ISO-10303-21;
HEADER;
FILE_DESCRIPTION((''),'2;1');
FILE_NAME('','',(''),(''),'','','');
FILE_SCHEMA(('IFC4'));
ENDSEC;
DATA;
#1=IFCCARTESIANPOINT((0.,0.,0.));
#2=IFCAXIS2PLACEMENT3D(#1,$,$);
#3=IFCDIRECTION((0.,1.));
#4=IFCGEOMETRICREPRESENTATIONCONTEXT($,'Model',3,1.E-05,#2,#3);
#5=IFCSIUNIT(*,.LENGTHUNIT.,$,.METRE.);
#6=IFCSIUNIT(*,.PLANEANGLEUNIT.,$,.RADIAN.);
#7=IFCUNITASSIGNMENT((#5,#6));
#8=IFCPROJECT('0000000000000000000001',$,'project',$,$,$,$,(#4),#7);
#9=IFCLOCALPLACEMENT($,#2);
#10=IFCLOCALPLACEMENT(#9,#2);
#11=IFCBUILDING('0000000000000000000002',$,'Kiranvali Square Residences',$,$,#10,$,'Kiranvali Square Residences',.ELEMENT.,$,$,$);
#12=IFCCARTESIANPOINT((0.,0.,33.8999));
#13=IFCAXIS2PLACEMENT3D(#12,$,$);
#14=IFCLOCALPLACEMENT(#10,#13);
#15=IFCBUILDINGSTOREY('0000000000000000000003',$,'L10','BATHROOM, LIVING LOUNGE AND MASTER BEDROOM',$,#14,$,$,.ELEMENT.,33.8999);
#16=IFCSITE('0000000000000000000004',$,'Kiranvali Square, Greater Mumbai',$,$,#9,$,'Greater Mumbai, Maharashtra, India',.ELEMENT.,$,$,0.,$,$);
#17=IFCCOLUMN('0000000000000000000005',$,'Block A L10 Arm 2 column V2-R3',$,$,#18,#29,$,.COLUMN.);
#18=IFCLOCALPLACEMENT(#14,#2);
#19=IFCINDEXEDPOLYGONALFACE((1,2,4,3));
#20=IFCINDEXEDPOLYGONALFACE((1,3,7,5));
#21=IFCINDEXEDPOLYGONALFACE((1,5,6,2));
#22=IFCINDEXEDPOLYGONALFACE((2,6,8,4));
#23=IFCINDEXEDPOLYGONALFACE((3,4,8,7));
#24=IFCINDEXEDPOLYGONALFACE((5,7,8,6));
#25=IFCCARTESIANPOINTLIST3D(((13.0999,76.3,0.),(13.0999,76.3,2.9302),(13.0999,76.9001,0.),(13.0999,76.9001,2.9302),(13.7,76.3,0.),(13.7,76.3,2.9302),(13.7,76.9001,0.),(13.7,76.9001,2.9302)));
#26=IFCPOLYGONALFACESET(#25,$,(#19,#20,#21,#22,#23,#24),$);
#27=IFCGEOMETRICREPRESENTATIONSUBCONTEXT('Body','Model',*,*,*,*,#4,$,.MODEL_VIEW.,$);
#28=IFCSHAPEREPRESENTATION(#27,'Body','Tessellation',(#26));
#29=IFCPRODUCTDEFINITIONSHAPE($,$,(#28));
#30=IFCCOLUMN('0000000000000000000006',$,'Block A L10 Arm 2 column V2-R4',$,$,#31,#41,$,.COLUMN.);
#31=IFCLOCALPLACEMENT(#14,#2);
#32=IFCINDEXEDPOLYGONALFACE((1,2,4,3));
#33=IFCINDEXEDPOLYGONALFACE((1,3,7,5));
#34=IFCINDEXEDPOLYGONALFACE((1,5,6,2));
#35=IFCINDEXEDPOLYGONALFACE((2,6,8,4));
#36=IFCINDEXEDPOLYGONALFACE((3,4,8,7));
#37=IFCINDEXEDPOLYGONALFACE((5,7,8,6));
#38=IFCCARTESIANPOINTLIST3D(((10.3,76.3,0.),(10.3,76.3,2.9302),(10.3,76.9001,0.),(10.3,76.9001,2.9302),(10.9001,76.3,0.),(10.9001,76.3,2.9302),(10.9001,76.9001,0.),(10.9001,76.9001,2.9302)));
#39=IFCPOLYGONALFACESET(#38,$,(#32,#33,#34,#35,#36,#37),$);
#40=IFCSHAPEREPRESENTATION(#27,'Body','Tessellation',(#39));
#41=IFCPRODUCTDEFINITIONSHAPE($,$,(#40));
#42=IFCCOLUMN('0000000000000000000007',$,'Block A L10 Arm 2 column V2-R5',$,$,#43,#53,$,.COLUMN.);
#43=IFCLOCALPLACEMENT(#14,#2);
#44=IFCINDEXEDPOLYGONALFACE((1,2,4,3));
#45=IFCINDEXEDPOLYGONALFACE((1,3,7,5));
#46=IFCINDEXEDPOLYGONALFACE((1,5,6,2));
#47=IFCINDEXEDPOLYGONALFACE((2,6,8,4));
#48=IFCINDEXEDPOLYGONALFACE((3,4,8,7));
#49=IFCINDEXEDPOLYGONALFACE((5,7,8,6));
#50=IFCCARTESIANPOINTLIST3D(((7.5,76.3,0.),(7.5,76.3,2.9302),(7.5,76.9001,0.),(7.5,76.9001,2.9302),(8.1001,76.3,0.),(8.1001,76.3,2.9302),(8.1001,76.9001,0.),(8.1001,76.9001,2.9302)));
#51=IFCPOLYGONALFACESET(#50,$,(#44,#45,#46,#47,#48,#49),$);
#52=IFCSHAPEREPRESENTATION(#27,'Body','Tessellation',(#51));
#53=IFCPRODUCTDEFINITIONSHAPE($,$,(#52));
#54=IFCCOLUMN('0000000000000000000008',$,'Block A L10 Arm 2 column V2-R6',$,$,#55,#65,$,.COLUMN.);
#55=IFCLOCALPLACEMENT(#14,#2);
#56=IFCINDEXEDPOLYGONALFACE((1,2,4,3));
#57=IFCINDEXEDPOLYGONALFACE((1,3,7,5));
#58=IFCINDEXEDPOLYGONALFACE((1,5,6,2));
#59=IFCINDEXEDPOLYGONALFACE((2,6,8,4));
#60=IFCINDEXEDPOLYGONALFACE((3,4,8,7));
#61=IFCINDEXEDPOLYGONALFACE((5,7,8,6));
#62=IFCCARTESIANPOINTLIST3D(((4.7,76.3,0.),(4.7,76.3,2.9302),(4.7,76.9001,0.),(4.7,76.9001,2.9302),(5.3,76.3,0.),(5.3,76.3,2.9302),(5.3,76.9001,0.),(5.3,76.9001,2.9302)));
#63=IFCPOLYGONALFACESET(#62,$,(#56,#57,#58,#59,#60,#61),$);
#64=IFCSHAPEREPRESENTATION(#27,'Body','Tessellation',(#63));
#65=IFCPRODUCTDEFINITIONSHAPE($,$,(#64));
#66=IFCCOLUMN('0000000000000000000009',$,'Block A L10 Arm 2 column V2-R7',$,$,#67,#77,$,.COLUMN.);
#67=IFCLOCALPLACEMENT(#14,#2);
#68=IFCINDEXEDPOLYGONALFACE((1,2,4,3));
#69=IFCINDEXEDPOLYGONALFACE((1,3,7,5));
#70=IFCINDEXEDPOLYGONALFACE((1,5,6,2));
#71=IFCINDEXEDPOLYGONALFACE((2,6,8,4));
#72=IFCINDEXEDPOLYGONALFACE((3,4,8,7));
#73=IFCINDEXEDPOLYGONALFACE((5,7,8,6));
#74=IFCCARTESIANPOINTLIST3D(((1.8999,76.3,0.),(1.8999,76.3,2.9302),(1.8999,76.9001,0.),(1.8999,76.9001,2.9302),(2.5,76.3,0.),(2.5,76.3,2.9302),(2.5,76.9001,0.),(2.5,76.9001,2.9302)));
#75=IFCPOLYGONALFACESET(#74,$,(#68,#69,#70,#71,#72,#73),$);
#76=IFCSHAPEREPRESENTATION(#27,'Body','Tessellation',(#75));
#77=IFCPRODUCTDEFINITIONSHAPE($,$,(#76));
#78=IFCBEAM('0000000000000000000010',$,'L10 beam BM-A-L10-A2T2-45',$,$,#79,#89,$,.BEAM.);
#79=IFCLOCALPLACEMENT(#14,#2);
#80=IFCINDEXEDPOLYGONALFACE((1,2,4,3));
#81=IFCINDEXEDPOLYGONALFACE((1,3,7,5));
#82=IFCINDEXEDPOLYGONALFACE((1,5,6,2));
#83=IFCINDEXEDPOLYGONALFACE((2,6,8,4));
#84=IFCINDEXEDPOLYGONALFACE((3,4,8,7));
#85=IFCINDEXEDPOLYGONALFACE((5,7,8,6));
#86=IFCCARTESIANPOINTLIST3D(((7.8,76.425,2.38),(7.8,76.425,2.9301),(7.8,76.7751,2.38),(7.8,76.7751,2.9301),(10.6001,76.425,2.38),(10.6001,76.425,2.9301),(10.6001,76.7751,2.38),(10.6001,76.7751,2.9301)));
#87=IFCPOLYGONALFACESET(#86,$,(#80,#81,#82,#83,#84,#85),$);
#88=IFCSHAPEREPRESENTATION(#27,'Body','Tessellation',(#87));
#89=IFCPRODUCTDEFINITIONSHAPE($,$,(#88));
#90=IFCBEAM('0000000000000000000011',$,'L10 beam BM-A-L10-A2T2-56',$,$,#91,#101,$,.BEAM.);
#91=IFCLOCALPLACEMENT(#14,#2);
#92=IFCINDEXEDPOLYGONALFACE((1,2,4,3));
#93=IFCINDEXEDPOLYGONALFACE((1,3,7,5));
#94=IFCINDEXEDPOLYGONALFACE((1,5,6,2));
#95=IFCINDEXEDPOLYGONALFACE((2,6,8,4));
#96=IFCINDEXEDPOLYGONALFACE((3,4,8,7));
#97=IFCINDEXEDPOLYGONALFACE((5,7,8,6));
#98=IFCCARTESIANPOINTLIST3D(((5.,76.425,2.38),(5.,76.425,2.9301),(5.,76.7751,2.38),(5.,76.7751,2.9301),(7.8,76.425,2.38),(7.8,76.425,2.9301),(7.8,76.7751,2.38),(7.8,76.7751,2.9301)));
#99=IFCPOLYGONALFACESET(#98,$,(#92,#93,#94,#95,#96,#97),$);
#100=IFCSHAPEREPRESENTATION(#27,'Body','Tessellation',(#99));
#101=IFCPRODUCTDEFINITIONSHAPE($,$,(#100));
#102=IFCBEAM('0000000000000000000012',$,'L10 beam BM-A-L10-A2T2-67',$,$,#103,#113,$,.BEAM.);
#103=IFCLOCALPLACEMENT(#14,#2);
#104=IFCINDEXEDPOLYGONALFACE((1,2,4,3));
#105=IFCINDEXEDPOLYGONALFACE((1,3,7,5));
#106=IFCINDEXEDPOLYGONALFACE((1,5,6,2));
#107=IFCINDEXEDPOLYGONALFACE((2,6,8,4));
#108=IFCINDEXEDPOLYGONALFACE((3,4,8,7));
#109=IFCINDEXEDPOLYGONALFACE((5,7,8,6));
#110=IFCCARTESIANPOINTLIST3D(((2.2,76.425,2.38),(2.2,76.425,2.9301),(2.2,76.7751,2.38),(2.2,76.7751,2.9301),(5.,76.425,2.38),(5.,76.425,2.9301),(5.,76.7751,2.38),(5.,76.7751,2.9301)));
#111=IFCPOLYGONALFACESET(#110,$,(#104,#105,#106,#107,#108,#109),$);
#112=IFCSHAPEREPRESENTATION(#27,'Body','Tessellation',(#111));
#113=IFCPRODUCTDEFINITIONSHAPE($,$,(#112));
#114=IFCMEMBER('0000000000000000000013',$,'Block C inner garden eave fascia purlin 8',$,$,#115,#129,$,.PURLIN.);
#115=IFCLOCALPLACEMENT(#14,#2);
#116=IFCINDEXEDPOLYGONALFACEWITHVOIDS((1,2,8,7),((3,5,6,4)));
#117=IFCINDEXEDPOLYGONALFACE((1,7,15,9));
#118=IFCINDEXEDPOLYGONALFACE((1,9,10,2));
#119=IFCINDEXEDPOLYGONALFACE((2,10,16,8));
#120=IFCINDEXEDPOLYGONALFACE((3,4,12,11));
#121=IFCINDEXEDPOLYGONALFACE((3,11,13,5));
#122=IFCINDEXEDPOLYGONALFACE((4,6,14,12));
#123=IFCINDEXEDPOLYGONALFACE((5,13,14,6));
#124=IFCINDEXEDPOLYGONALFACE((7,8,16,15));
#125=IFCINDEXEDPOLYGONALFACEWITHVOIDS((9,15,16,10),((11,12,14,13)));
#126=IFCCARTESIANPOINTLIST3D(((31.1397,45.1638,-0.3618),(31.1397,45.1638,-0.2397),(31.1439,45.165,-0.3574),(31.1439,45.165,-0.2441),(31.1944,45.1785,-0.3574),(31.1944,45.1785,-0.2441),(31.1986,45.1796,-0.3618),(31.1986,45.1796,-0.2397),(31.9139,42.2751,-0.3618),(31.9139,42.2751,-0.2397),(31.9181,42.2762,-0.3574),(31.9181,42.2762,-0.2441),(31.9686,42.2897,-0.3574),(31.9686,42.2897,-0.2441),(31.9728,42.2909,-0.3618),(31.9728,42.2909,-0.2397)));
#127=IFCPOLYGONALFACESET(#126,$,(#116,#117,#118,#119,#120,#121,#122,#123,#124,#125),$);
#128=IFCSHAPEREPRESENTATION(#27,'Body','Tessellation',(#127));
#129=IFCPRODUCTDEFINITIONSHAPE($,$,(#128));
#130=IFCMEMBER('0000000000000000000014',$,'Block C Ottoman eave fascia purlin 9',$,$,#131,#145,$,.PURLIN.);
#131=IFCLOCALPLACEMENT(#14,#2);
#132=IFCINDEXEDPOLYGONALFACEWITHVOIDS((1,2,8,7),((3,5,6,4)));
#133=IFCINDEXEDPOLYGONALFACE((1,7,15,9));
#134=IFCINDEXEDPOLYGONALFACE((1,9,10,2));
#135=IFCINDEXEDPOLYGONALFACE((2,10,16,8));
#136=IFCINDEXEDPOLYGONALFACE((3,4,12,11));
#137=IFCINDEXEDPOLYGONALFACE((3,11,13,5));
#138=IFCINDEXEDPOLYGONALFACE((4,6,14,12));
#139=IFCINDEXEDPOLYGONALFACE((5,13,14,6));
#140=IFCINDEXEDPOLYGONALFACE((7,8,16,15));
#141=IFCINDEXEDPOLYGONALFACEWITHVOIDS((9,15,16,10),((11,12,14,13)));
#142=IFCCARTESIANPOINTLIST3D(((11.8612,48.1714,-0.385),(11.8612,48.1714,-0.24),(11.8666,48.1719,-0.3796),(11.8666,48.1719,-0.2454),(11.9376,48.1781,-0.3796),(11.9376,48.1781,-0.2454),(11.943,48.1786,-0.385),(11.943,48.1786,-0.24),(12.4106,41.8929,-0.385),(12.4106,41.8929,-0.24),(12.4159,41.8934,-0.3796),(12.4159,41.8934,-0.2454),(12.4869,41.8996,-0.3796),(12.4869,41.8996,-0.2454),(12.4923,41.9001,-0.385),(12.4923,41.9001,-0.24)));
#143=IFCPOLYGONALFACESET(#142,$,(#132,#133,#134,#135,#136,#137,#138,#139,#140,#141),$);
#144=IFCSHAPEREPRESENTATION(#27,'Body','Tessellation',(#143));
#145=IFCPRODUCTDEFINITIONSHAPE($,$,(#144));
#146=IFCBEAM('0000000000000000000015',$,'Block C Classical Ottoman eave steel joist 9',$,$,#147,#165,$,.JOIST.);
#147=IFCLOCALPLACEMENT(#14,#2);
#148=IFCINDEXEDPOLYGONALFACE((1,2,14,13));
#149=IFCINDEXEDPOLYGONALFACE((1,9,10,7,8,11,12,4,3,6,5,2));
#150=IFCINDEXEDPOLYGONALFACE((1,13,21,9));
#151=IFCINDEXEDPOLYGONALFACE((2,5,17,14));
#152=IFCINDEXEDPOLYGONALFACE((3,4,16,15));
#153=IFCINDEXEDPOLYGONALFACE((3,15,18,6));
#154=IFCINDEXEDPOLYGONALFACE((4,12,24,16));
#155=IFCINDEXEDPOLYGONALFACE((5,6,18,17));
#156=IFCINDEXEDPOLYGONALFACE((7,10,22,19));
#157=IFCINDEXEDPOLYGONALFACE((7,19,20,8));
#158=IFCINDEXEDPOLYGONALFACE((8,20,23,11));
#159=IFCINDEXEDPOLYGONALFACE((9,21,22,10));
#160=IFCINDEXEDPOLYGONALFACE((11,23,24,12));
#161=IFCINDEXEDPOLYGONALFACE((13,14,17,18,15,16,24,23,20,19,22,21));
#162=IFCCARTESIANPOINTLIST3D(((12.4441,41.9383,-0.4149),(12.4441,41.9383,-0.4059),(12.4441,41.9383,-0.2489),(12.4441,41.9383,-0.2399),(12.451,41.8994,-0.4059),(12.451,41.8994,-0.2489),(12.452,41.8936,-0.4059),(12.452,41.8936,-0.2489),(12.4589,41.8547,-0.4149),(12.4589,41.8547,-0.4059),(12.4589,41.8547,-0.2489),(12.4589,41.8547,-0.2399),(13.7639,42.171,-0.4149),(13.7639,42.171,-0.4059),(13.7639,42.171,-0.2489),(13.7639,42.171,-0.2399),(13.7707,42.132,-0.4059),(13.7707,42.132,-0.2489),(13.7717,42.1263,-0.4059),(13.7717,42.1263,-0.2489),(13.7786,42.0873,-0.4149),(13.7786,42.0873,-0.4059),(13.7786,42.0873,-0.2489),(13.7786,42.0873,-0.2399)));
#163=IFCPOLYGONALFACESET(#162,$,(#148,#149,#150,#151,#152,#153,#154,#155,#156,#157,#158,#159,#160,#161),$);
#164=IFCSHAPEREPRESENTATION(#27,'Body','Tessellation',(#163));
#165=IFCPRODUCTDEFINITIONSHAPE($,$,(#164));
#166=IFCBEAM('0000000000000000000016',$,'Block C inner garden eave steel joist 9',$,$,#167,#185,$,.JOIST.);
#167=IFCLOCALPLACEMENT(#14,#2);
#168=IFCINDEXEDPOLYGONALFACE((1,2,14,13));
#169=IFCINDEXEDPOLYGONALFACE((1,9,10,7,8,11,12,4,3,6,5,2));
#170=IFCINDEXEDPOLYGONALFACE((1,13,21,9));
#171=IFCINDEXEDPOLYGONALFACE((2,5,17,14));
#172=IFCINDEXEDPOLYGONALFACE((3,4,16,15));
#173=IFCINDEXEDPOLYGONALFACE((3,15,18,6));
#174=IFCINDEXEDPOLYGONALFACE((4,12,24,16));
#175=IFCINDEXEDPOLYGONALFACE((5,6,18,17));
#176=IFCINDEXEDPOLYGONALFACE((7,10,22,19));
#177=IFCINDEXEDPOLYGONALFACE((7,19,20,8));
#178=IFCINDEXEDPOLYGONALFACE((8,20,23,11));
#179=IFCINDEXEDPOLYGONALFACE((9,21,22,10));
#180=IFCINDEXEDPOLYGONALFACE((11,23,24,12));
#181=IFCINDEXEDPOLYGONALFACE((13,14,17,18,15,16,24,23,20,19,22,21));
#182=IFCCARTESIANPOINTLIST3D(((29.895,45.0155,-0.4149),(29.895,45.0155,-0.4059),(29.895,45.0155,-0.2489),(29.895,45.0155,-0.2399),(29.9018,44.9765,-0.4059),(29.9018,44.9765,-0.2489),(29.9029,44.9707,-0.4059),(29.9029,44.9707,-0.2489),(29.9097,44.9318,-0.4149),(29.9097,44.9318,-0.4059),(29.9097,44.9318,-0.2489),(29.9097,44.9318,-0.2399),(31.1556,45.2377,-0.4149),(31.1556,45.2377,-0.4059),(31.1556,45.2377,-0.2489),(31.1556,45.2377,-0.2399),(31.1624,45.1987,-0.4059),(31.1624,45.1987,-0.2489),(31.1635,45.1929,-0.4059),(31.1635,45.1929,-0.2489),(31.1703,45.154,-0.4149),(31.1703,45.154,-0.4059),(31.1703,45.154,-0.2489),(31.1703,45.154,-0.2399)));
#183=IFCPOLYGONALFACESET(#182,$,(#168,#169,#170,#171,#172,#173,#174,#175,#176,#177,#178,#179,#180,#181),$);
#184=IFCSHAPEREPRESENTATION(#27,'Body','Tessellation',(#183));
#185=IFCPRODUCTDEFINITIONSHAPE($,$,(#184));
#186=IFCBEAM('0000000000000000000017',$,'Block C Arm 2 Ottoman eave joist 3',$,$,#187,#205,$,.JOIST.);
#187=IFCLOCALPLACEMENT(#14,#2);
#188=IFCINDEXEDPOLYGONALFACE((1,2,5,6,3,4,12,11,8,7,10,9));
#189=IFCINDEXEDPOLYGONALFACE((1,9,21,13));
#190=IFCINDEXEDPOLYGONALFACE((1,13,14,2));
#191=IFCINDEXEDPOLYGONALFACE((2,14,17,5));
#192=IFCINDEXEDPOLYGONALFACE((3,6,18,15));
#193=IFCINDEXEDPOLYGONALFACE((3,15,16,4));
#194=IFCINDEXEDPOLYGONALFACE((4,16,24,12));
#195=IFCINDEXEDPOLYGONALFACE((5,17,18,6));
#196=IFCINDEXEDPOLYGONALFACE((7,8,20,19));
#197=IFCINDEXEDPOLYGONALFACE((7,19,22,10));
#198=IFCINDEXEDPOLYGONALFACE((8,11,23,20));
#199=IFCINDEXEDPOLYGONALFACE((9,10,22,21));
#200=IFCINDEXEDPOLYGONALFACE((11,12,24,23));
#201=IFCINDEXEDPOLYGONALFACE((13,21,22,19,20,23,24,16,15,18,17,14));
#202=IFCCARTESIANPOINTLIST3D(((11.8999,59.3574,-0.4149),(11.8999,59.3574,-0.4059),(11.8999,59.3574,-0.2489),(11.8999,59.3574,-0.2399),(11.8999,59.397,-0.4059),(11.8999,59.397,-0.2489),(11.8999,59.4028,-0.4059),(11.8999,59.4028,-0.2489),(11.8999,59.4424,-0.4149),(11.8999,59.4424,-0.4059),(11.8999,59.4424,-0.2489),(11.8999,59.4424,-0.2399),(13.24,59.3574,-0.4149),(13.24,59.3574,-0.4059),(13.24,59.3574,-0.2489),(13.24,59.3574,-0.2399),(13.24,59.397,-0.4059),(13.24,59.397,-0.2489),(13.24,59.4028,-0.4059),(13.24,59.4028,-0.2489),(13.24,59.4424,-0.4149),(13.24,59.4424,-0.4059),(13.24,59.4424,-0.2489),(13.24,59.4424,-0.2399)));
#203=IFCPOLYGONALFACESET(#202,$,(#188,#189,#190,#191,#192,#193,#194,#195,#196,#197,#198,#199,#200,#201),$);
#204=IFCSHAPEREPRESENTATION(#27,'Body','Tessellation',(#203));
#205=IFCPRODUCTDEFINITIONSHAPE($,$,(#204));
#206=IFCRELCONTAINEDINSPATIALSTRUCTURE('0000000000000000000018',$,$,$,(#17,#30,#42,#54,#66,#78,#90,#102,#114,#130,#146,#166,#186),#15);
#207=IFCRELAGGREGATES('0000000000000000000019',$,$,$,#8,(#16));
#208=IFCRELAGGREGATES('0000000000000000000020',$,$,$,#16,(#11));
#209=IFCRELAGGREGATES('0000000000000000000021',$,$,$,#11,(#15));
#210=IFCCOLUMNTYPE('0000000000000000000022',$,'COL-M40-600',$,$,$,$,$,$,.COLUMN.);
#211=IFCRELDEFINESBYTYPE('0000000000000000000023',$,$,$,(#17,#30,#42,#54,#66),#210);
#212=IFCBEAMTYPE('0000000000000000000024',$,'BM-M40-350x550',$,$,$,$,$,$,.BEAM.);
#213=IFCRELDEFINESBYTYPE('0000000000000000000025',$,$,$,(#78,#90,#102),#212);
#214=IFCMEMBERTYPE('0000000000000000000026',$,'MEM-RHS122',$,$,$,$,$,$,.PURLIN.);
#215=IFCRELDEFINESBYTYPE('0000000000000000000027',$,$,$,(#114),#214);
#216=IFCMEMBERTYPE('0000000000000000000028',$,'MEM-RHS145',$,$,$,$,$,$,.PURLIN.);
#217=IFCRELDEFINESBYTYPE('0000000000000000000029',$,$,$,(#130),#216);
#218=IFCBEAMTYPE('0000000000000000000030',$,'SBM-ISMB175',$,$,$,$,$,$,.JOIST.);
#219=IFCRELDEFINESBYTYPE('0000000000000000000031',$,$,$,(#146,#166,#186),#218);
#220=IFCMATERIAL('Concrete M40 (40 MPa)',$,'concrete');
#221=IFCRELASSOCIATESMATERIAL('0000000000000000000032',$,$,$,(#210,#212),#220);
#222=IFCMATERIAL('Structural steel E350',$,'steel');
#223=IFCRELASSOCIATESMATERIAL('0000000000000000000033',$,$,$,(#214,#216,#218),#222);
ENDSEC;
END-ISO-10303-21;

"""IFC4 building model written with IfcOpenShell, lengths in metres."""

from ifc_helpers import new_model, si_unit, direction, frame, origin, origin_2d, place, context, subcontext, project, spatial, rectangle, hollow_rectangle, i_section, extrude, material, material_profile, profile_set, type_object, element, save


model = new_model("IFC4")

# Units and contexts
model_context = context("Model", 3, precision=1e-05, world=origin(), true_north=direction((0.0, 1.0)))
body_context = subcontext(model_context, "Body", "Model", "MODEL_VIEW")
ifc_project = project(units=[si_unit("LENGTHUNIT", "METRE"), si_unit("PLANEANGLEUNIT", "RADIAN")], contexts=[model_context])

# Site, building, storey
site_placement = place(None, origin())
site = spatial("IfcSite", under=ifc_project, at=site_placement, Name="Kiranvali Square, Greater Mumbai", LongName="Greater Mumbai, Maharashtra, India", CompositionType="ELEMENT", RefElevation=0.0)
building_placement = place(site_placement, origin())
building = spatial("IfcBuilding", under=site, at=building_placement, Name="Kiranvali Square Residences", LongName="Kiranvali Square Residences", CompositionType="ELEMENT")
storey_placement = place(building_placement, frame((0.0, 0.0, 33.8999)))
storey = spatial("IfcBuildingStorey", under=building, at=storey_placement, Name="L10", Description="BATHROOM, LIVING LOUNGE AND MASTER BEDROOM", CompositionType="ELEMENT", Elevation=33.8999)

# Columns
ifc_material_1 = material(Name="Concrete M40 (40 MPa)", Category="concrete")
ifc_material_profile_1 = material_profile(ifc_material_1, rectangle(XDim=0.6001, YDim=0.6001, at=origin_2d()), Name="RC 600x600")
ifc_profile_set_1 = profile_set([ifc_material_profile_1], Name="Concrete M40 (40 MPa)")
column_type = type_object("IfcColumnType", Name="COL-M40-600", PredefinedType="COLUMN", material=ifc_profile_set_1)
for number, where, z_axis, x_axis, name in (
    (1, (13.3999, 76.6001, 0.0), (0.0, 0.0, 1.0), (1.0, 0.0, 0.0), "Block A L10 Arm 2 column V2-R3"),
    (2, (10.6001, 76.6001, 0.0), (0.0, 0.0, 1.0), (1.0, 0.0, 0.0), "Block A L10 Arm 2 column V2-R4"),
    (3, (7.8, 76.6001, 0.0), (0.0, 0.0, 1.0), (1.0, 0.0, 0.0), "Block A L10 Arm 2 column V2-R5"),
    (4, (5.0, 76.6001, 0.0), (0.0, 0.0, 1.0), (1.0, 0.0, 0.0), "Block A L10 Arm 2 column V2-R6"),
    (5, (2.2, 76.6001, 0.0), (0.0, 0.0, 1.0), (1.0, 0.0, 0.0), "Block A L10 Arm 2 column V2-R7"),
):
    element("IfcColumn", number, at=place(storey_placement, frame(where, z_axis=z_axis, x_axis=x_axis)), inside=storey, type_object=column_type, Name=name, PredefinedType="COLUMN", context=body_context, shape_type="SweptSolid", body=[
        extrude(rectangle(XDim=0.6001, YDim=0.6001, at=origin_2d()), origin(), (0.0, 0.0, 1.0), 2.9302),
    ])

# Beams
ifc_material_profile_2 = material_profile(ifc_material_1, rectangle(XDim=0.3501, YDim=0.55, at=origin_2d()), Name="RC 350x550")
ifc_profile_set_2 = profile_set([ifc_material_profile_2], Name="Concrete M40 (40 MPa)")
beam_type_1 = type_object("IfcBeamType", Name="BM-M40-350x550", PredefinedType="BEAM", material=ifc_profile_set_2)
for number, where, z_axis, x_axis, name in (
    (6, (10.6001, 76.6001, 2.655), (-1.0, 0.0, 0.0), (0.0, -1.0, 0.0), "L10 beam BM-A-L10-A2T2-45"),
    (7, (7.8, 76.6001, 2.655), (-1.0, 0.0, 0.0), (0.0, -1.0, 0.0), "L10 beam BM-A-L10-A2T2-56"),
    (8, (5.0, 76.6001, 2.655), (-1.0, 0.0, 0.0), (0.0, -1.0, 0.0), "L10 beam BM-A-L10-A2T2-67"),
):
    element("IfcBeam", number, at=place(storey_placement, frame(where, z_axis=z_axis, x_axis=x_axis)), inside=storey, type_object=beam_type_1, Name=name, PredefinedType="BEAM", context=body_context, shape_type="SweptSolid", body=[
        extrude(rectangle(XDim=0.3501, YDim=0.55, at=origin_2d()), origin(), (0.0, 0.0, 1.0), 2.8),
    ])

# Members
ifc_material_2 = material(Name="Structural steel E350", Category="steel")
ifc_material_profile_3 = material_profile(ifc_material_2, hollow_rectangle(XDim=0.061, YDim=0.1221, WallThickness=0.0044, at=origin_2d()), Name="RHS 122x61x4.5")
ifc_profile_set_3 = profile_set([ifc_material_profile_3], Name="Structural steel E350")
member_type_1 = type_object("IfcMemberType", Name="MEM-RHS122", PredefinedType="PURLIN", material=ifc_profile_set_3)
member_1_placement = place(storey_placement, frame((31.9434, 42.283, -0.3008), z_axis=(-0.258867, 0.965913, 0.0), x_axis=(-0.965913, -0.258867, 0.0)))
element("IfcMember", 9, at=member_1_placement, inside=storey, type_object=member_type_1, Name="Block C inner garden eave fascia purlin 8", PredefinedType="PURLIN", context=body_context, shape_type="SweptSolid", body=[
    extrude(hollow_rectangle(XDim=0.061, YDim=0.1221, WallThickness=0.0044, at=origin_2d()), origin(), (0.0, 0.0, 1.0), 2.9907),
])
ifc_material_profile_4 = material_profile(ifc_material_2, hollow_rectangle(XDim=0.082, YDim=0.145, WallThickness=0.0054, at=origin_2d()), Name="RHS 145x82x5.4")
ifc_profile_set_4 = profile_set([ifc_material_profile_4], Name="Structural steel E350")
member_type_2 = type_object("IfcMemberType", Name="MEM-RHS145", PredefinedType="PURLIN", material=ifc_profile_set_4)
member_2_placement = place(storey_placement, frame((12.4514, 41.8965, -0.3125), z_axis=(-0.087158, 0.996195, 0.0), x_axis=(-0.996195, -0.087158, 0.0)))
element("IfcMember", 10, at=member_2_placement, inside=storey, type_object=member_type_2, Name="Block C Ottoman eave fascia purlin 9", PredefinedType="PURLIN", context=body_context, shape_type="SweptSolid", body=[
    extrude(hollow_rectangle(XDim=0.082, YDim=0.145, WallThickness=0.0054, at=origin_2d()), origin(), (0.0, 0.0, 1.0), 6.3025),
])

# Beams
ifc_material_profile_5 = material_profile(ifc_material_2, i_section(OverallWidth=0.085, OverallDepth=0.175, WebThickness=0.0059, FlangeThickness=0.009, at=origin_2d()), Name="ISMB 175")
ifc_profile_set_5 = profile_set([ifc_material_profile_5], Name="Structural steel E350")
beam_type_2 = type_object("IfcBeamType", Name="SBM-ISMB175", PredefinedType="JOIST", material=ifc_profile_set_5)
beam_1_placement = place(storey_placement, frame((13.7712, 42.1292, -0.3274), z_axis=(-0.984815, -0.173609, 0.0), x_axis=(0.173609, -0.984815, 0.0)))
element("IfcBeam", 11, at=beam_1_placement, inside=storey, type_object=beam_type_2, Name="Block C Classical Ottoman eave steel joist 9", PredefinedType="JOIST", context=body_context, shape_type="SweptSolid", body=[
    extrude(i_section(OverallWidth=0.085, OverallDepth=0.175, WebThickness=0.0059, FlangeThickness=0.009, at=origin_2d()), origin(), (0.0, 0.0, 1.0), 1.3401),
])
beam_2_placement = place(storey_placement, frame((29.9023, 44.9736, -0.3274), z_axis=(0.98482, 0.173579, 0.0), x_axis=(-0.173579, 0.98482, 0.0)))
element("IfcBeam", 12, at=beam_2_placement, inside=storey, type_object=beam_type_2, Name="Block C inner garden eave steel joist 9", PredefinedType="JOIST", context=body_context, shape_type="SweptSolid", body=[
    extrude(i_section(OverallWidth=0.085, OverallDepth=0.175, WebThickness=0.0059, FlangeThickness=0.009, at=origin_2d()), origin(), (0.0, 0.0, 1.0), 1.28),
])
beam_3_placement = place(storey_placement, frame((13.24, 59.3999, -0.3274), z_axis=(-1.0, 0.0, 0.0), x_axis=(0.0, -1.0, 0.0)))
element("IfcBeam", 13, at=beam_3_placement, inside=storey, type_object=beam_type_2, Name="Block C Arm 2 Ottoman eave joist 3", PredefinedType="JOIST", context=body_context, shape_type="SweptSolid", body=[
    extrude(i_section(OverallWidth=0.085, OverallDepth=0.175, WebThickness=0.0059, FlangeThickness=0.009, at=origin_2d()), origin(), (0.0, 0.0, 1.0), 1.3401),
])

save(model, "model.ifc")
